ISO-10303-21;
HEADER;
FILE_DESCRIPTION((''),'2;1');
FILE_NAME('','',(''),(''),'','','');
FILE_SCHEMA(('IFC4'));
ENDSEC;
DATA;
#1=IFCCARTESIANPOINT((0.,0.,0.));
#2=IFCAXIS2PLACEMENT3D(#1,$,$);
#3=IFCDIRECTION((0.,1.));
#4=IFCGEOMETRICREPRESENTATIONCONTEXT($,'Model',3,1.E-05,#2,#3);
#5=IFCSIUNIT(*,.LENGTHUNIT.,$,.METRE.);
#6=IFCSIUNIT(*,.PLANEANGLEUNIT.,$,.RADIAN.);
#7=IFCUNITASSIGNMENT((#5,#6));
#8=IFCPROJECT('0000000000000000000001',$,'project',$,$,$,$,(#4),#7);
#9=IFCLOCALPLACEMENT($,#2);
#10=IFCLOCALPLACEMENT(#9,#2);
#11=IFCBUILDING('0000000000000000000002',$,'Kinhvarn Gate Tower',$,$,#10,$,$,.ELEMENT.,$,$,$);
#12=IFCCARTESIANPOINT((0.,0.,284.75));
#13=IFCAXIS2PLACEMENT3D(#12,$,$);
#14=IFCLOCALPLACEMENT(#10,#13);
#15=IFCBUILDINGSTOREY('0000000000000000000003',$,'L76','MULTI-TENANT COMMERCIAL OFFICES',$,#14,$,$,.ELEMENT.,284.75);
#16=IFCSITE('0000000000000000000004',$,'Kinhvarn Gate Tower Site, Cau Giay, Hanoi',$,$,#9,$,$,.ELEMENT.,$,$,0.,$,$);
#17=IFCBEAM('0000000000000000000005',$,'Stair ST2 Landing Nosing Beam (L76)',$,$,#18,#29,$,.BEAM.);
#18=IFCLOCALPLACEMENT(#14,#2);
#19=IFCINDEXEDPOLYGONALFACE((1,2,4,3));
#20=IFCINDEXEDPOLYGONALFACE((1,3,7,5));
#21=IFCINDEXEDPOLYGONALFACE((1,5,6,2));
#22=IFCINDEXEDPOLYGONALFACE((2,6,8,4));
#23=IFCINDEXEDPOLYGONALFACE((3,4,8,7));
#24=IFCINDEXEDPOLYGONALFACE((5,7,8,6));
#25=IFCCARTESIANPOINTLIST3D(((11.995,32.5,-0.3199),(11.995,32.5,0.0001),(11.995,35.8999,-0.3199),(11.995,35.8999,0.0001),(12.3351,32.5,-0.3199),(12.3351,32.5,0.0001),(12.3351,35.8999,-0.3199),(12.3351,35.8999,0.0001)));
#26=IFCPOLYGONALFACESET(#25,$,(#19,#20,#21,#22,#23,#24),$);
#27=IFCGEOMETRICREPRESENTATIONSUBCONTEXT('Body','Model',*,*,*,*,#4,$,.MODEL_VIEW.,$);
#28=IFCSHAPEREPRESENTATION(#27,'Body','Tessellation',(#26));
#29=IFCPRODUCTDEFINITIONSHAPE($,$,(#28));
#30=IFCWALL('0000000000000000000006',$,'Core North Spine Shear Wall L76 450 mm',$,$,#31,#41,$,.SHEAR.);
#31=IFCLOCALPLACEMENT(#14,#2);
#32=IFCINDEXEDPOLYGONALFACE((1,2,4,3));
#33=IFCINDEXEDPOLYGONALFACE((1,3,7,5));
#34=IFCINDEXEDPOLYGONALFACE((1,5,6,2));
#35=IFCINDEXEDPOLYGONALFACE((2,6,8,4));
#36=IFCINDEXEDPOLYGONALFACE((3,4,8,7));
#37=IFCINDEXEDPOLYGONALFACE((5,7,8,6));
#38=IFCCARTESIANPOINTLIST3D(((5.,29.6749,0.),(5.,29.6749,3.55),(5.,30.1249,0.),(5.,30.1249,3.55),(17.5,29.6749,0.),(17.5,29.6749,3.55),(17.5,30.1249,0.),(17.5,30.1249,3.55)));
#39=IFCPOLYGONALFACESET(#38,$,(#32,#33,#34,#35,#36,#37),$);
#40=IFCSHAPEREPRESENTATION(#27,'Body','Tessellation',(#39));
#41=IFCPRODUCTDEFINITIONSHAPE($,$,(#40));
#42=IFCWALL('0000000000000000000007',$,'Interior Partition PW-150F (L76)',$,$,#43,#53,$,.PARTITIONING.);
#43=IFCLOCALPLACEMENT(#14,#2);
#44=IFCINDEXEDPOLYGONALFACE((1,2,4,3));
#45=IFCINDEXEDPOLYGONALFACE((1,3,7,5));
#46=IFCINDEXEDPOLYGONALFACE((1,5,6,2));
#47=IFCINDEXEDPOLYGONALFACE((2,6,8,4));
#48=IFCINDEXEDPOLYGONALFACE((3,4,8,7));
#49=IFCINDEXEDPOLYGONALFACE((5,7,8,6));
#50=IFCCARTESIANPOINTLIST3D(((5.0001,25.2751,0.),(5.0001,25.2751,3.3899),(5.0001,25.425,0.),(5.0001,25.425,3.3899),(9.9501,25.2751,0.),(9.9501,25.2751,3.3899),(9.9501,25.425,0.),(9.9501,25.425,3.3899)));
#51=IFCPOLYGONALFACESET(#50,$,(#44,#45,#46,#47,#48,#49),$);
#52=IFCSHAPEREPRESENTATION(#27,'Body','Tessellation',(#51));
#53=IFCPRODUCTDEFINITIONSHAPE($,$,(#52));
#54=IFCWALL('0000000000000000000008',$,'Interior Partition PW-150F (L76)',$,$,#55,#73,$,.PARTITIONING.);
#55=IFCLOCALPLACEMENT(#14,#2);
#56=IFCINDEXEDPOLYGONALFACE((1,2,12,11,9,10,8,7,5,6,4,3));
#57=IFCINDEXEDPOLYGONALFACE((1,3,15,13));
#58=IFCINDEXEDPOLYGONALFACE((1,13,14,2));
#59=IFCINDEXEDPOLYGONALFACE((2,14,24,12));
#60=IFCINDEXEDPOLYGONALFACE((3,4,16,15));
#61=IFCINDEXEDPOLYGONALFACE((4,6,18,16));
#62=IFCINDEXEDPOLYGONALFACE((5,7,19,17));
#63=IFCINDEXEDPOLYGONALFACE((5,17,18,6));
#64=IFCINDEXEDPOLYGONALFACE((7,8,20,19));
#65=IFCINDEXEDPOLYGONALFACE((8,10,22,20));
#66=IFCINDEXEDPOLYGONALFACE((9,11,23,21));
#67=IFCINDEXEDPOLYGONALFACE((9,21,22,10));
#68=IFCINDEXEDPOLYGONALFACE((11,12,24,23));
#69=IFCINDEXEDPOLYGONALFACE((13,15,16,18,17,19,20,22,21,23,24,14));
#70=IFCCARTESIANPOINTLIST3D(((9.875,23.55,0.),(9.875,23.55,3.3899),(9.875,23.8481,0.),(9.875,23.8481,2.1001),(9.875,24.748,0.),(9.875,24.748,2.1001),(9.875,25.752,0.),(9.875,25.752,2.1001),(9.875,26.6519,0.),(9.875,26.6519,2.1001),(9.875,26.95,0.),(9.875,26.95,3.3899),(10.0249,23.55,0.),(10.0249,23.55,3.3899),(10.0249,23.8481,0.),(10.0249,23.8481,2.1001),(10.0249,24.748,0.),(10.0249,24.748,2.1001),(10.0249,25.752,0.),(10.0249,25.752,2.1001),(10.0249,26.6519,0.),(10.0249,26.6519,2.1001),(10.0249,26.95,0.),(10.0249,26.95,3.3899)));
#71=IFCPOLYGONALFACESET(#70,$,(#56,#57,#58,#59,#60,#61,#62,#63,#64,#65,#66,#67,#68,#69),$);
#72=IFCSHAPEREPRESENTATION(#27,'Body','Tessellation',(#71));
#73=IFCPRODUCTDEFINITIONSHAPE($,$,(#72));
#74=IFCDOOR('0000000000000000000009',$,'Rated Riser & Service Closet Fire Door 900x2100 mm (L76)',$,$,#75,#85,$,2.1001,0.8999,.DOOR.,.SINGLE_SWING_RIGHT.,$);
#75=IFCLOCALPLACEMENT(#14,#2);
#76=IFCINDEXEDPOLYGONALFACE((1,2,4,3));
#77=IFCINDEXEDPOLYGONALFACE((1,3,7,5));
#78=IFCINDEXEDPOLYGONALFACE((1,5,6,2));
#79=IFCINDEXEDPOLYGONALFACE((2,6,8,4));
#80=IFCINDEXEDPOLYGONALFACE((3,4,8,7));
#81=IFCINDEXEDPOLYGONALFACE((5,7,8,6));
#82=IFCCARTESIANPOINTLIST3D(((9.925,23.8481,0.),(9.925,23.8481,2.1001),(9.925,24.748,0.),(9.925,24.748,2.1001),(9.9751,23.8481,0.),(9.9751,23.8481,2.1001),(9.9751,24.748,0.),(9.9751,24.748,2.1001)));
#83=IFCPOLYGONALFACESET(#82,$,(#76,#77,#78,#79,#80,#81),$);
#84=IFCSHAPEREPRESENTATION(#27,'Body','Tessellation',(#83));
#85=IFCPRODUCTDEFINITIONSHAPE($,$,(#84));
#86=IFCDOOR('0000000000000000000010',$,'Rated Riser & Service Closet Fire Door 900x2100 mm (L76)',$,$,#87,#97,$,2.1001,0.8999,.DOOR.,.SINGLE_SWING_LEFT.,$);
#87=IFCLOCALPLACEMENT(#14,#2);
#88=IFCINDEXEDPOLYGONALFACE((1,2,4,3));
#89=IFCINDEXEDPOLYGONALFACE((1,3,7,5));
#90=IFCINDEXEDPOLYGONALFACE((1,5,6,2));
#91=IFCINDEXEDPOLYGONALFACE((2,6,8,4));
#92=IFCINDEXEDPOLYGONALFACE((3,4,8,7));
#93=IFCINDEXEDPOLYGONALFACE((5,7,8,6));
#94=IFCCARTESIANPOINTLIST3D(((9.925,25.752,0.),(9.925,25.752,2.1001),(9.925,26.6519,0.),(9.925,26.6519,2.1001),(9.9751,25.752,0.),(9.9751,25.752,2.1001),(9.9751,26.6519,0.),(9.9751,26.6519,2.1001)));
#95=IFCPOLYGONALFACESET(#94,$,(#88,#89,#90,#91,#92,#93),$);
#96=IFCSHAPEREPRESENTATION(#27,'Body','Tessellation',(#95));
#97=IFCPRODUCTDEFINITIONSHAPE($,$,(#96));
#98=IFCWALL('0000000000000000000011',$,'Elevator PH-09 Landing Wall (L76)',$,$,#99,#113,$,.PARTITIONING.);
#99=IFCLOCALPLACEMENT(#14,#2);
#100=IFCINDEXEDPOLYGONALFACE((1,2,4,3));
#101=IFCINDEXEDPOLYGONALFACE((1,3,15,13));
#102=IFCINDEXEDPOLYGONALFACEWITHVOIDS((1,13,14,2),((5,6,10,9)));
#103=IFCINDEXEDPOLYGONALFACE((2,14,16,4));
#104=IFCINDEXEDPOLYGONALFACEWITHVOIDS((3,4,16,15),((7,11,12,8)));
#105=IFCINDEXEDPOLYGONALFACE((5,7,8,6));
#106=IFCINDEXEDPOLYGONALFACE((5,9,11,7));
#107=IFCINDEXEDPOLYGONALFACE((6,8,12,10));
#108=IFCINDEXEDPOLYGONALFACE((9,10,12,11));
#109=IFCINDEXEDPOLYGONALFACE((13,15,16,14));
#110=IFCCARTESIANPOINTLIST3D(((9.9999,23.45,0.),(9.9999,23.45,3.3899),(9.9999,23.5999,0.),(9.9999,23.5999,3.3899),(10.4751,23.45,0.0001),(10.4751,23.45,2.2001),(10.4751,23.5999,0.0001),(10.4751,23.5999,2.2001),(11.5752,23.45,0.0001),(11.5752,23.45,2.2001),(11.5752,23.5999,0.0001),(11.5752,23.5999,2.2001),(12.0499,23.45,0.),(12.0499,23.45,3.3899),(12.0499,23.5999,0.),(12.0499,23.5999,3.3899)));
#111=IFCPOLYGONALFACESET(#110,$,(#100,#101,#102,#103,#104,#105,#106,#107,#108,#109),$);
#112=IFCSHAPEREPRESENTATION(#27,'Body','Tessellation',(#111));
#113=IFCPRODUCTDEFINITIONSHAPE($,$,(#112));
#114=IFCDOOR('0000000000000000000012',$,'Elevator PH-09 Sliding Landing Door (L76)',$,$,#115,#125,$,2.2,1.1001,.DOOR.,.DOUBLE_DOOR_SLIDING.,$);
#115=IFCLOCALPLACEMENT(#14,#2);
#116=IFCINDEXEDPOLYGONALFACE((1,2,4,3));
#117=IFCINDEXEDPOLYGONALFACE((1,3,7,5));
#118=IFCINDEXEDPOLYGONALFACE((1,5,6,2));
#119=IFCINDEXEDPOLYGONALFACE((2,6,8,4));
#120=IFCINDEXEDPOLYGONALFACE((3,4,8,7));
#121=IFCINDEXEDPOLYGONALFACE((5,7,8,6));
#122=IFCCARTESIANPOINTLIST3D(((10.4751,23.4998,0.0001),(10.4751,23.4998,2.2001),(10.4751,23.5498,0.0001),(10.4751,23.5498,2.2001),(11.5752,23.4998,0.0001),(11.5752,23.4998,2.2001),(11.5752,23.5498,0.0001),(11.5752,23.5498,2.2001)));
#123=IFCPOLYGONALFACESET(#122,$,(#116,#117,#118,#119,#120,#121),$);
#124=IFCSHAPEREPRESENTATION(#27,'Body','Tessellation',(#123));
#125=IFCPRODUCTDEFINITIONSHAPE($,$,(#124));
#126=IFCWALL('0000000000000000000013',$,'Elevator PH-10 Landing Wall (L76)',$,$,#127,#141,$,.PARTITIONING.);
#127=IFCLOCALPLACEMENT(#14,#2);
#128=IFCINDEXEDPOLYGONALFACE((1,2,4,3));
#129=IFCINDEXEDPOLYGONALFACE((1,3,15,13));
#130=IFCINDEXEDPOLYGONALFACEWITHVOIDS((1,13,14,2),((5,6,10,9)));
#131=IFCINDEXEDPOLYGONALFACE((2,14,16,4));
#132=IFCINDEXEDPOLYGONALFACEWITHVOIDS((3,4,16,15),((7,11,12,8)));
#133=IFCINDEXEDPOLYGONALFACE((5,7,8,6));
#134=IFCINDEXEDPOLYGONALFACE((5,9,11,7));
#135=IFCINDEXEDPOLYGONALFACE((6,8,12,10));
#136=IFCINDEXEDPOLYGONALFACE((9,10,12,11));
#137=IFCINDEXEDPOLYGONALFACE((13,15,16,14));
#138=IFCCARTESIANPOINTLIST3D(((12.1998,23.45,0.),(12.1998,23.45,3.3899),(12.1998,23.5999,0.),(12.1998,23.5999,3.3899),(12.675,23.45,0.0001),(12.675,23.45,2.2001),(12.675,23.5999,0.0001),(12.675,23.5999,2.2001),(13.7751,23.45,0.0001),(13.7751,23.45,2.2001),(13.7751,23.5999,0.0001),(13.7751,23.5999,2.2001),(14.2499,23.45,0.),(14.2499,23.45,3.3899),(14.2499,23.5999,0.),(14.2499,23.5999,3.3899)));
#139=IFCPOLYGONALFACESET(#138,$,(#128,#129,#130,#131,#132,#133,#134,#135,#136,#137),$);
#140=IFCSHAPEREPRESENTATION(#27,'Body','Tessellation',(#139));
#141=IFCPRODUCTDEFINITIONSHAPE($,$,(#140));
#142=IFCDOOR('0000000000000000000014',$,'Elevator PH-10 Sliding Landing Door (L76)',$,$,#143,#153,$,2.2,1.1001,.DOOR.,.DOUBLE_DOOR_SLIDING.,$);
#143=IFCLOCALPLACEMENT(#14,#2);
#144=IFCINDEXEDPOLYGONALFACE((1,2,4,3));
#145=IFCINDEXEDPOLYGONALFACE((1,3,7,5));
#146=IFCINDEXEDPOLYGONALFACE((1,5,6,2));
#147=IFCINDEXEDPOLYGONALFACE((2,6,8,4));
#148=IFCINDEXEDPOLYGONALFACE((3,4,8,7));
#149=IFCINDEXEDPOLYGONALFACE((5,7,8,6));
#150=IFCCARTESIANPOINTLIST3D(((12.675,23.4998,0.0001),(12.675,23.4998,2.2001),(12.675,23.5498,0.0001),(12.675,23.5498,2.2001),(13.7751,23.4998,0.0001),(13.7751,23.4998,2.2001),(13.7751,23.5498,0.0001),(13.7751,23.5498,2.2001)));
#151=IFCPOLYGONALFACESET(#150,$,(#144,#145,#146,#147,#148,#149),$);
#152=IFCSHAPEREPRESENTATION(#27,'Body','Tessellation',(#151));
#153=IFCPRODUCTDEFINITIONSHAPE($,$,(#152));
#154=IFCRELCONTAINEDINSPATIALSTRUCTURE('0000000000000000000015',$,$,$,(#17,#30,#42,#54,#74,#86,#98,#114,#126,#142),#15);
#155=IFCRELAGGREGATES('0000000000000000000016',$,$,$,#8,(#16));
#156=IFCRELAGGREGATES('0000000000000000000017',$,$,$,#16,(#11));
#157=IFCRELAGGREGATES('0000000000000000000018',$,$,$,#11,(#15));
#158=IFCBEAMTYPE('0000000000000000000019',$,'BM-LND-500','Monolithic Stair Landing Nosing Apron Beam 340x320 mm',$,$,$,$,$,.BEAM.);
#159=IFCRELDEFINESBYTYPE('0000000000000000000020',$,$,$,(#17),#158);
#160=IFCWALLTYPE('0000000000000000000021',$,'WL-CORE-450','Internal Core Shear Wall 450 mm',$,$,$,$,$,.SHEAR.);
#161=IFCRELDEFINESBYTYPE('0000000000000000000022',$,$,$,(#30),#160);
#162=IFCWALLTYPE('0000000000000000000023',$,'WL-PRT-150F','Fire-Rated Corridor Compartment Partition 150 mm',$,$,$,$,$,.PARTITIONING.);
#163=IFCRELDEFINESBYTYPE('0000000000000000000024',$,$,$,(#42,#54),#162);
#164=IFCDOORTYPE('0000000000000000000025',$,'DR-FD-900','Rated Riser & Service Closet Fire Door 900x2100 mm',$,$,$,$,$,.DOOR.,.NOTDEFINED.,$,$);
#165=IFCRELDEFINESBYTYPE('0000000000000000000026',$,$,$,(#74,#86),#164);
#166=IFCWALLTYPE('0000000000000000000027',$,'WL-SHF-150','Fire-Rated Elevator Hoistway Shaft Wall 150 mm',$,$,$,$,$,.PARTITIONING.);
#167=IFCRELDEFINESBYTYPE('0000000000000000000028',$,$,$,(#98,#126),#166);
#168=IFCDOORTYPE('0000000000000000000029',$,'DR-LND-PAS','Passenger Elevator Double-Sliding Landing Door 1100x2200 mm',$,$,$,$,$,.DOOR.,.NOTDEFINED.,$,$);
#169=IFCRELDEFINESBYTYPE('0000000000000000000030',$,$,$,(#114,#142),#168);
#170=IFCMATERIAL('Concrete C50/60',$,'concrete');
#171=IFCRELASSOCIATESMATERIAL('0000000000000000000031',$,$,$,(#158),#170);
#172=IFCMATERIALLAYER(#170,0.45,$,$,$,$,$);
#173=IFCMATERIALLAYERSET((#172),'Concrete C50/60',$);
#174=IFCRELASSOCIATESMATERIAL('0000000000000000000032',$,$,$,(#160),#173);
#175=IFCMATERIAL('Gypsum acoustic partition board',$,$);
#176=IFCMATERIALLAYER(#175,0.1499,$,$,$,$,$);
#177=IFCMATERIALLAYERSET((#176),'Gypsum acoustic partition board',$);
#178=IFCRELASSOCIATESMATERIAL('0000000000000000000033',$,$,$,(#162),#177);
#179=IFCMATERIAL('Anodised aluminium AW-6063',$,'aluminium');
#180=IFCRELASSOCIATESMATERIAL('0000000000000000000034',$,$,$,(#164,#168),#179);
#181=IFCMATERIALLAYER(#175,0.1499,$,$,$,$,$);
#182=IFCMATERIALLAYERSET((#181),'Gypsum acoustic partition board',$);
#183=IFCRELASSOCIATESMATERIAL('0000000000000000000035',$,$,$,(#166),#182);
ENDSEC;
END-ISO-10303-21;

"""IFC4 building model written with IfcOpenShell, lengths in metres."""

from ifc_helpers import new_model, si_unit, direction, frame, frame_2d, origin, origin_2d, place, context, subcontext, project, spatial, rectangle, extrude, material, layer, layer_set, material_profile, profile_set, type_object, element, fill, save


model = new_model("IFC4")

# Units and contexts
model_context = context("Model", 3, precision=1e-05, world=origin(), true_north=direction((0.0, 1.0)))
body_context = subcontext(model_context, "Body", "Model", "MODEL_VIEW")
ifc_project = project(units=[si_unit("LENGTHUNIT", "METRE"), si_unit("PLANEANGLEUNIT", "RADIAN")], contexts=[model_context])

# Site, building, storey
site_placement = place(None, origin())
site = spatial("IfcSite", under=ifc_project, at=site_placement, Name="Kinhvarn Gate Tower Site, Cau Giay, Hanoi", CompositionType="ELEMENT", RefElevation=0.0)
building_placement = place(site_placement, origin())
building = spatial("IfcBuilding", under=site, at=building_placement, Name="Kinhvarn Gate Tower", CompositionType="ELEMENT")
storey_placement = place(building_placement, frame((0.0, 0.0, 284.75)))
storey = spatial("IfcBuildingStorey", under=building, at=storey_placement, Name="L76", Description="MULTI-TENANT COMMERCIAL OFFICES", CompositionType="ELEMENT", Elevation=284.75)

# Beam
ifc_material_1 = material(Name="Concrete C50/60", Category="concrete")
ifc_material_profile = material_profile(ifc_material_1, rectangle(XDim=0.3401, YDim=0.3201, at=origin_2d()), Name="RC 340x320")
ifc_profile_set = profile_set([ifc_material_profile], Name="Concrete C50/60")
beam_type = type_object("IfcBeamType", Name="BM-LND-500", Description="Monolithic Stair Landing Nosing Apron Beam 340x320 mm", PredefinedType="BEAM", material=ifc_profile_set)
beam_placement = place(storey_placement, frame((12.165, 32.5, -0.1599), z_axis=(0.0, 1.0, 0.0), x_axis=(-1.0, 0.0, 0.0)))
element("IfcBeam", 1, at=beam_placement, inside=storey, type_object=beam_type, Name="Stair ST2 Landing Nosing Beam (L76)", PredefinedType="BEAM", context=body_context, shape_type="SweptSolid", body=[
    extrude(rectangle(XDim=0.3401, YDim=0.3201, at=origin_2d()), origin(), (0.0, 0.0, 1.0), 3.3999),
])

# Walls
ifc_layer_1 = layer(ifc_material_1, 0.45)
ifc_layer_set_1 = layer_set([ifc_layer_1], Name="Concrete C50/60")
wall_type_1 = type_object("IfcWallType", Name="WL-CORE-450", Description="Internal Core Shear Wall 450 mm", PredefinedType="SHEAR", material=ifc_layer_set_1)
wall_1_placement = place(storey_placement, frame((5.0, 29.8999, 0.0), z_axis=(0.0, 0.0, 1.0), x_axis=(1.0, 0.0, 0.0)))
element("IfcWall", 2, at=wall_1_placement, inside=storey, type_object=wall_type_1, Name="Core North Spine Shear Wall L76 450 mm", PredefinedType="SHEAR", context=body_context, shape_type="SweptSolid", body=[
    extrude(rectangle(XDim=12.5, YDim=0.45, at=frame_2d((6.25, 0.0))), origin(), (0.0, 0.0, 1.0), 3.55),
])
ifc_material_2 = material(Name="Gypsum acoustic partition board")
ifc_layer_2 = layer(ifc_material_2, 0.1499)
ifc_layer_set_2 = layer_set([ifc_layer_2], Name="Gypsum acoustic partition board")
wall_type_2 = type_object("IfcWallType", Name="WL-PRT-150F", Description="Fire-Rated Corridor Compartment Partition 150 mm", PredefinedType="PARTITIONING", material=ifc_layer_set_2)
wall_2_placement = place(storey_placement, frame((5.0, 25.3501, 0.0), z_axis=(0.0, 0.0, 1.0), x_axis=(1.0, 0.0, 0.0)))
element("IfcWall", 3, at=wall_2_placement, inside=storey, type_object=wall_type_2, Name="Interior Partition PW-150F (L76)", PredefinedType="PARTITIONING", context=body_context, shape_type="SweptSolid", body=[
    extrude(rectangle(XDim=4.95, YDim=0.1499, at=frame_2d((2.4751, 0.0))), origin(), (0.0, 0.0, 1.0), 3.3899),
])

# Wall, openings, doors
wall_3_placement = place(storey_placement, frame((9.95, 23.55, 0.0), z_axis=(0.0, 0.0, 1.0), x_axis=(0.0, 1.0, 0.0)))
wall_3 = element("IfcWall", 4, at=wall_3_placement, inside=storey, type_object=wall_type_2, Name="Interior Partition PW-150F (L76)", PredefinedType="PARTITIONING", context=body_context, shape_type="SweptSolid", body=[
    extrude(rectangle(XDim=3.3999, YDim=0.1499, at=frame_2d((1.7, 0.0))), origin(), (0.0, 0.0, 1.0), 3.3899),
])
opening_1_placement = place(wall_3_placement, frame((0.2981, 0.0, 0.0)))
opening_1 = element("IfcOpeningElement", 5, at=opening_1_placement, cuts=wall_3, PredefinedType="OPENING", context=body_context, shape_type="SweptSolid", body=[
    extrude(rectangle(XDim=0.8999, YDim=2.1001, at=frame_2d((0.45, 1.05))), frame((0.0, 0.085, 0.0), z_axis=(0.0, -1.0, 0.0), x_axis=(1.0, 0.0, 0.0)), (0.0, 0.0, 1.0), 0.1699),
])
opening_2_placement = place(wall_3_placement, frame((2.2019, 0.0, 0.0)))
opening_2 = element("IfcOpeningElement", 6, at=opening_2_placement, cuts=wall_3, PredefinedType="OPENING", context=body_context, shape_type="SweptSolid", body=[
    extrude(rectangle(XDim=0.8999, YDim=2.1001, at=frame_2d((0.45, 1.05))), frame((0.0, 0.085, 0.0), z_axis=(0.0, -1.0, 0.0), x_axis=(1.0, 0.0, 0.0)), (0.0, 0.0, 1.0), 0.1699),
])
ifc_material_3 = material(Name="Anodised aluminium AW-6063", Category="aluminium")
door_type_1 = type_object("IfcDoorType", Name="DR-FD-900", Description="Rated Riser & Service Closet Fire Door 900x2100 mm", OperationType="NOTDEFINED", PredefinedType="DOOR", material=ifc_material_3)
door_1_placement = place(opening_1_placement, origin())
door_1 = element("IfcDoor", 7, at=door_1_placement, inside=storey, type_object=door_type_1, Name="Rated Riser & Service Closet Fire Door 900x2100 mm (L76)", OperationType="SINGLE_SWING_RIGHT", OverallHeight=2.1001, OverallWidth=0.8999, PredefinedType="DOOR", context=body_context, shape_type="SweptSolid", body=[
    extrude(rectangle(XDim=0.8999, YDim=2.1001, at=frame_2d((0.45, 1.05))), frame((0.0, 0.0249, 0.0), z_axis=(0.0, -1.0, 0.0), x_axis=(1.0, 0.0, 0.0)), (0.0, 0.0, 1.0), 0.05),
])
fill(opening_1, door_1)
door_2_placement = place(opening_2_placement, origin())
door_2 = element("IfcDoor", 8, at=door_2_placement, inside=storey, type_object=door_type_1, Name="Rated Riser & Service Closet Fire Door 900x2100 mm (L76)", OperationType="SINGLE_SWING_LEFT", OverallHeight=2.1001, OverallWidth=0.8999, PredefinedType="DOOR", context=body_context, shape_type="SweptSolid", body=[
    extrude(rectangle(XDim=0.8999, YDim=2.1001, at=frame_2d((0.45, 1.05))), frame((0.0, 0.0249, 0.0), z_axis=(0.0, -1.0, 0.0), x_axis=(1.0, 0.0, 0.0)), (0.0, 0.0, 1.0), 0.05),
])
fill(opening_2, door_2)

# Walls, openings, doors
ifc_layer_3 = layer(ifc_material_2, 0.1499)
ifc_layer_set_3 = layer_set([ifc_layer_3], Name="Gypsum acoustic partition board")
wall_type_3 = type_object("IfcWallType", Name="WL-SHF-150", Description="Fire-Rated Elevator Hoistway Shaft Wall 150 mm", PredefinedType="PARTITIONING", material=ifc_layer_set_3)
wall_4_placement = place(storey_placement, frame((10.0, 23.5249, 0.0), z_axis=(0.0, 0.0, 1.0), x_axis=(1.0, 0.0, 0.0)))
wall_4 = element("IfcWall", 9, at=wall_4_placement, inside=storey, type_object=wall_type_3, Name="Elevator PH-09 Landing Wall (L76)", PredefinedType="PARTITIONING", context=body_context, shape_type="SweptSolid", body=[
    extrude(rectangle(XDim=2.05, YDim=0.1499, at=frame_2d((1.0249, 0.0))), origin(), (0.0, 0.0, 1.0), 3.3899),
])
opening_3_placement = place(wall_4_placement, frame((0.4751, 0.0, 0.0)))
opening_3 = element("IfcOpeningElement", 10, at=opening_3_placement, cuts=wall_4, PredefinedType="OPENING", context=body_context, shape_type="SweptSolid", body=[
    extrude(rectangle(XDim=1.1001, YDim=2.2, at=frame_2d((0.55, 1.1001))), frame((0.0, 0.085, 0.0), z_axis=(0.0, -1.0, 0.0), x_axis=(1.0, 0.0, 0.0)), (0.0, 0.0, 1.0), 0.1699),
])
door_type_2 = type_object("IfcDoorType", Name="DR-LND-PAS", Description="Passenger Elevator Double-Sliding Landing Door 1100x2200 mm", OperationType="NOTDEFINED", PredefinedType="DOOR", material=ifc_material_3)
door_3_placement = place(opening_3_placement, origin())
door_3 = element("IfcDoor", 11, at=door_3_placement, inside=storey, type_object=door_type_2, Name="Elevator PH-09 Sliding Landing Door (L76)", OperationType="DOUBLE_DOOR_SLIDING", OverallHeight=2.2, OverallWidth=1.1001, PredefinedType="DOOR", context=body_context, shape_type="SweptSolid", body=[
    extrude(rectangle(XDim=1.1001, YDim=2.2, at=frame_2d((0.55, 1.1001))), frame((0.0, 0.0249, 0.0), z_axis=(0.0, -1.0, 0.0), x_axis=(1.0, 0.0, 0.0)), (0.0, 0.0, 1.0), 0.05),
])
fill(opening_3, door_3)
wall_5_placement = place(storey_placement, frame((12.2, 23.5249, 0.0), z_axis=(0.0, 0.0, 1.0), x_axis=(1.0, 0.0, 0.0)))
wall_5 = element("IfcWall", 12, at=wall_5_placement, inside=storey, type_object=wall_type_3, Name="Elevator PH-10 Landing Wall (L76)", PredefinedType="PARTITIONING", context=body_context, shape_type="SweptSolid", body=[
    extrude(rectangle(XDim=2.05, YDim=0.1499, at=frame_2d((1.0249, 0.0))), origin(), (0.0, 0.0, 1.0), 3.3899),
])
opening_4_placement = place(wall_5_placement, frame((0.4751, 0.0, 0.0)))
opening_4 = element("IfcOpeningElement", 13, at=opening_4_placement, cuts=wall_5, PredefinedType="OPENING", context=body_context, shape_type="SweptSolid", body=[
    extrude(rectangle(XDim=1.1001, YDim=2.2, at=frame_2d((0.55, 1.1001))), frame((0.0, 0.085, 0.0), z_axis=(0.0, -1.0, 0.0), x_axis=(1.0, 0.0, 0.0)), (0.0, 0.0, 1.0), 0.1699),
])
door_4_placement = place(opening_4_placement, origin())
door_4 = element("IfcDoor", 14, at=door_4_placement, inside=storey, type_object=door_type_2, Name="Elevator PH-10 Sliding Landing Door (L76)", OperationType="DOUBLE_DOOR_SLIDING", OverallHeight=2.2, OverallWidth=1.1001, PredefinedType="DOOR", context=body_context, shape_type="SweptSolid", body=[
    extrude(rectangle(XDim=1.1001, YDim=2.2, at=frame_2d((0.55, 1.1001))), frame((0.0, 0.0249, 0.0), z_axis=(0.0, -1.0, 0.0), x_axis=(1.0, 0.0, 0.0)), (0.0, 0.0, 1.0), 0.05),
])
fill(opening_4, door_4)

save(model, "model.ifc")
